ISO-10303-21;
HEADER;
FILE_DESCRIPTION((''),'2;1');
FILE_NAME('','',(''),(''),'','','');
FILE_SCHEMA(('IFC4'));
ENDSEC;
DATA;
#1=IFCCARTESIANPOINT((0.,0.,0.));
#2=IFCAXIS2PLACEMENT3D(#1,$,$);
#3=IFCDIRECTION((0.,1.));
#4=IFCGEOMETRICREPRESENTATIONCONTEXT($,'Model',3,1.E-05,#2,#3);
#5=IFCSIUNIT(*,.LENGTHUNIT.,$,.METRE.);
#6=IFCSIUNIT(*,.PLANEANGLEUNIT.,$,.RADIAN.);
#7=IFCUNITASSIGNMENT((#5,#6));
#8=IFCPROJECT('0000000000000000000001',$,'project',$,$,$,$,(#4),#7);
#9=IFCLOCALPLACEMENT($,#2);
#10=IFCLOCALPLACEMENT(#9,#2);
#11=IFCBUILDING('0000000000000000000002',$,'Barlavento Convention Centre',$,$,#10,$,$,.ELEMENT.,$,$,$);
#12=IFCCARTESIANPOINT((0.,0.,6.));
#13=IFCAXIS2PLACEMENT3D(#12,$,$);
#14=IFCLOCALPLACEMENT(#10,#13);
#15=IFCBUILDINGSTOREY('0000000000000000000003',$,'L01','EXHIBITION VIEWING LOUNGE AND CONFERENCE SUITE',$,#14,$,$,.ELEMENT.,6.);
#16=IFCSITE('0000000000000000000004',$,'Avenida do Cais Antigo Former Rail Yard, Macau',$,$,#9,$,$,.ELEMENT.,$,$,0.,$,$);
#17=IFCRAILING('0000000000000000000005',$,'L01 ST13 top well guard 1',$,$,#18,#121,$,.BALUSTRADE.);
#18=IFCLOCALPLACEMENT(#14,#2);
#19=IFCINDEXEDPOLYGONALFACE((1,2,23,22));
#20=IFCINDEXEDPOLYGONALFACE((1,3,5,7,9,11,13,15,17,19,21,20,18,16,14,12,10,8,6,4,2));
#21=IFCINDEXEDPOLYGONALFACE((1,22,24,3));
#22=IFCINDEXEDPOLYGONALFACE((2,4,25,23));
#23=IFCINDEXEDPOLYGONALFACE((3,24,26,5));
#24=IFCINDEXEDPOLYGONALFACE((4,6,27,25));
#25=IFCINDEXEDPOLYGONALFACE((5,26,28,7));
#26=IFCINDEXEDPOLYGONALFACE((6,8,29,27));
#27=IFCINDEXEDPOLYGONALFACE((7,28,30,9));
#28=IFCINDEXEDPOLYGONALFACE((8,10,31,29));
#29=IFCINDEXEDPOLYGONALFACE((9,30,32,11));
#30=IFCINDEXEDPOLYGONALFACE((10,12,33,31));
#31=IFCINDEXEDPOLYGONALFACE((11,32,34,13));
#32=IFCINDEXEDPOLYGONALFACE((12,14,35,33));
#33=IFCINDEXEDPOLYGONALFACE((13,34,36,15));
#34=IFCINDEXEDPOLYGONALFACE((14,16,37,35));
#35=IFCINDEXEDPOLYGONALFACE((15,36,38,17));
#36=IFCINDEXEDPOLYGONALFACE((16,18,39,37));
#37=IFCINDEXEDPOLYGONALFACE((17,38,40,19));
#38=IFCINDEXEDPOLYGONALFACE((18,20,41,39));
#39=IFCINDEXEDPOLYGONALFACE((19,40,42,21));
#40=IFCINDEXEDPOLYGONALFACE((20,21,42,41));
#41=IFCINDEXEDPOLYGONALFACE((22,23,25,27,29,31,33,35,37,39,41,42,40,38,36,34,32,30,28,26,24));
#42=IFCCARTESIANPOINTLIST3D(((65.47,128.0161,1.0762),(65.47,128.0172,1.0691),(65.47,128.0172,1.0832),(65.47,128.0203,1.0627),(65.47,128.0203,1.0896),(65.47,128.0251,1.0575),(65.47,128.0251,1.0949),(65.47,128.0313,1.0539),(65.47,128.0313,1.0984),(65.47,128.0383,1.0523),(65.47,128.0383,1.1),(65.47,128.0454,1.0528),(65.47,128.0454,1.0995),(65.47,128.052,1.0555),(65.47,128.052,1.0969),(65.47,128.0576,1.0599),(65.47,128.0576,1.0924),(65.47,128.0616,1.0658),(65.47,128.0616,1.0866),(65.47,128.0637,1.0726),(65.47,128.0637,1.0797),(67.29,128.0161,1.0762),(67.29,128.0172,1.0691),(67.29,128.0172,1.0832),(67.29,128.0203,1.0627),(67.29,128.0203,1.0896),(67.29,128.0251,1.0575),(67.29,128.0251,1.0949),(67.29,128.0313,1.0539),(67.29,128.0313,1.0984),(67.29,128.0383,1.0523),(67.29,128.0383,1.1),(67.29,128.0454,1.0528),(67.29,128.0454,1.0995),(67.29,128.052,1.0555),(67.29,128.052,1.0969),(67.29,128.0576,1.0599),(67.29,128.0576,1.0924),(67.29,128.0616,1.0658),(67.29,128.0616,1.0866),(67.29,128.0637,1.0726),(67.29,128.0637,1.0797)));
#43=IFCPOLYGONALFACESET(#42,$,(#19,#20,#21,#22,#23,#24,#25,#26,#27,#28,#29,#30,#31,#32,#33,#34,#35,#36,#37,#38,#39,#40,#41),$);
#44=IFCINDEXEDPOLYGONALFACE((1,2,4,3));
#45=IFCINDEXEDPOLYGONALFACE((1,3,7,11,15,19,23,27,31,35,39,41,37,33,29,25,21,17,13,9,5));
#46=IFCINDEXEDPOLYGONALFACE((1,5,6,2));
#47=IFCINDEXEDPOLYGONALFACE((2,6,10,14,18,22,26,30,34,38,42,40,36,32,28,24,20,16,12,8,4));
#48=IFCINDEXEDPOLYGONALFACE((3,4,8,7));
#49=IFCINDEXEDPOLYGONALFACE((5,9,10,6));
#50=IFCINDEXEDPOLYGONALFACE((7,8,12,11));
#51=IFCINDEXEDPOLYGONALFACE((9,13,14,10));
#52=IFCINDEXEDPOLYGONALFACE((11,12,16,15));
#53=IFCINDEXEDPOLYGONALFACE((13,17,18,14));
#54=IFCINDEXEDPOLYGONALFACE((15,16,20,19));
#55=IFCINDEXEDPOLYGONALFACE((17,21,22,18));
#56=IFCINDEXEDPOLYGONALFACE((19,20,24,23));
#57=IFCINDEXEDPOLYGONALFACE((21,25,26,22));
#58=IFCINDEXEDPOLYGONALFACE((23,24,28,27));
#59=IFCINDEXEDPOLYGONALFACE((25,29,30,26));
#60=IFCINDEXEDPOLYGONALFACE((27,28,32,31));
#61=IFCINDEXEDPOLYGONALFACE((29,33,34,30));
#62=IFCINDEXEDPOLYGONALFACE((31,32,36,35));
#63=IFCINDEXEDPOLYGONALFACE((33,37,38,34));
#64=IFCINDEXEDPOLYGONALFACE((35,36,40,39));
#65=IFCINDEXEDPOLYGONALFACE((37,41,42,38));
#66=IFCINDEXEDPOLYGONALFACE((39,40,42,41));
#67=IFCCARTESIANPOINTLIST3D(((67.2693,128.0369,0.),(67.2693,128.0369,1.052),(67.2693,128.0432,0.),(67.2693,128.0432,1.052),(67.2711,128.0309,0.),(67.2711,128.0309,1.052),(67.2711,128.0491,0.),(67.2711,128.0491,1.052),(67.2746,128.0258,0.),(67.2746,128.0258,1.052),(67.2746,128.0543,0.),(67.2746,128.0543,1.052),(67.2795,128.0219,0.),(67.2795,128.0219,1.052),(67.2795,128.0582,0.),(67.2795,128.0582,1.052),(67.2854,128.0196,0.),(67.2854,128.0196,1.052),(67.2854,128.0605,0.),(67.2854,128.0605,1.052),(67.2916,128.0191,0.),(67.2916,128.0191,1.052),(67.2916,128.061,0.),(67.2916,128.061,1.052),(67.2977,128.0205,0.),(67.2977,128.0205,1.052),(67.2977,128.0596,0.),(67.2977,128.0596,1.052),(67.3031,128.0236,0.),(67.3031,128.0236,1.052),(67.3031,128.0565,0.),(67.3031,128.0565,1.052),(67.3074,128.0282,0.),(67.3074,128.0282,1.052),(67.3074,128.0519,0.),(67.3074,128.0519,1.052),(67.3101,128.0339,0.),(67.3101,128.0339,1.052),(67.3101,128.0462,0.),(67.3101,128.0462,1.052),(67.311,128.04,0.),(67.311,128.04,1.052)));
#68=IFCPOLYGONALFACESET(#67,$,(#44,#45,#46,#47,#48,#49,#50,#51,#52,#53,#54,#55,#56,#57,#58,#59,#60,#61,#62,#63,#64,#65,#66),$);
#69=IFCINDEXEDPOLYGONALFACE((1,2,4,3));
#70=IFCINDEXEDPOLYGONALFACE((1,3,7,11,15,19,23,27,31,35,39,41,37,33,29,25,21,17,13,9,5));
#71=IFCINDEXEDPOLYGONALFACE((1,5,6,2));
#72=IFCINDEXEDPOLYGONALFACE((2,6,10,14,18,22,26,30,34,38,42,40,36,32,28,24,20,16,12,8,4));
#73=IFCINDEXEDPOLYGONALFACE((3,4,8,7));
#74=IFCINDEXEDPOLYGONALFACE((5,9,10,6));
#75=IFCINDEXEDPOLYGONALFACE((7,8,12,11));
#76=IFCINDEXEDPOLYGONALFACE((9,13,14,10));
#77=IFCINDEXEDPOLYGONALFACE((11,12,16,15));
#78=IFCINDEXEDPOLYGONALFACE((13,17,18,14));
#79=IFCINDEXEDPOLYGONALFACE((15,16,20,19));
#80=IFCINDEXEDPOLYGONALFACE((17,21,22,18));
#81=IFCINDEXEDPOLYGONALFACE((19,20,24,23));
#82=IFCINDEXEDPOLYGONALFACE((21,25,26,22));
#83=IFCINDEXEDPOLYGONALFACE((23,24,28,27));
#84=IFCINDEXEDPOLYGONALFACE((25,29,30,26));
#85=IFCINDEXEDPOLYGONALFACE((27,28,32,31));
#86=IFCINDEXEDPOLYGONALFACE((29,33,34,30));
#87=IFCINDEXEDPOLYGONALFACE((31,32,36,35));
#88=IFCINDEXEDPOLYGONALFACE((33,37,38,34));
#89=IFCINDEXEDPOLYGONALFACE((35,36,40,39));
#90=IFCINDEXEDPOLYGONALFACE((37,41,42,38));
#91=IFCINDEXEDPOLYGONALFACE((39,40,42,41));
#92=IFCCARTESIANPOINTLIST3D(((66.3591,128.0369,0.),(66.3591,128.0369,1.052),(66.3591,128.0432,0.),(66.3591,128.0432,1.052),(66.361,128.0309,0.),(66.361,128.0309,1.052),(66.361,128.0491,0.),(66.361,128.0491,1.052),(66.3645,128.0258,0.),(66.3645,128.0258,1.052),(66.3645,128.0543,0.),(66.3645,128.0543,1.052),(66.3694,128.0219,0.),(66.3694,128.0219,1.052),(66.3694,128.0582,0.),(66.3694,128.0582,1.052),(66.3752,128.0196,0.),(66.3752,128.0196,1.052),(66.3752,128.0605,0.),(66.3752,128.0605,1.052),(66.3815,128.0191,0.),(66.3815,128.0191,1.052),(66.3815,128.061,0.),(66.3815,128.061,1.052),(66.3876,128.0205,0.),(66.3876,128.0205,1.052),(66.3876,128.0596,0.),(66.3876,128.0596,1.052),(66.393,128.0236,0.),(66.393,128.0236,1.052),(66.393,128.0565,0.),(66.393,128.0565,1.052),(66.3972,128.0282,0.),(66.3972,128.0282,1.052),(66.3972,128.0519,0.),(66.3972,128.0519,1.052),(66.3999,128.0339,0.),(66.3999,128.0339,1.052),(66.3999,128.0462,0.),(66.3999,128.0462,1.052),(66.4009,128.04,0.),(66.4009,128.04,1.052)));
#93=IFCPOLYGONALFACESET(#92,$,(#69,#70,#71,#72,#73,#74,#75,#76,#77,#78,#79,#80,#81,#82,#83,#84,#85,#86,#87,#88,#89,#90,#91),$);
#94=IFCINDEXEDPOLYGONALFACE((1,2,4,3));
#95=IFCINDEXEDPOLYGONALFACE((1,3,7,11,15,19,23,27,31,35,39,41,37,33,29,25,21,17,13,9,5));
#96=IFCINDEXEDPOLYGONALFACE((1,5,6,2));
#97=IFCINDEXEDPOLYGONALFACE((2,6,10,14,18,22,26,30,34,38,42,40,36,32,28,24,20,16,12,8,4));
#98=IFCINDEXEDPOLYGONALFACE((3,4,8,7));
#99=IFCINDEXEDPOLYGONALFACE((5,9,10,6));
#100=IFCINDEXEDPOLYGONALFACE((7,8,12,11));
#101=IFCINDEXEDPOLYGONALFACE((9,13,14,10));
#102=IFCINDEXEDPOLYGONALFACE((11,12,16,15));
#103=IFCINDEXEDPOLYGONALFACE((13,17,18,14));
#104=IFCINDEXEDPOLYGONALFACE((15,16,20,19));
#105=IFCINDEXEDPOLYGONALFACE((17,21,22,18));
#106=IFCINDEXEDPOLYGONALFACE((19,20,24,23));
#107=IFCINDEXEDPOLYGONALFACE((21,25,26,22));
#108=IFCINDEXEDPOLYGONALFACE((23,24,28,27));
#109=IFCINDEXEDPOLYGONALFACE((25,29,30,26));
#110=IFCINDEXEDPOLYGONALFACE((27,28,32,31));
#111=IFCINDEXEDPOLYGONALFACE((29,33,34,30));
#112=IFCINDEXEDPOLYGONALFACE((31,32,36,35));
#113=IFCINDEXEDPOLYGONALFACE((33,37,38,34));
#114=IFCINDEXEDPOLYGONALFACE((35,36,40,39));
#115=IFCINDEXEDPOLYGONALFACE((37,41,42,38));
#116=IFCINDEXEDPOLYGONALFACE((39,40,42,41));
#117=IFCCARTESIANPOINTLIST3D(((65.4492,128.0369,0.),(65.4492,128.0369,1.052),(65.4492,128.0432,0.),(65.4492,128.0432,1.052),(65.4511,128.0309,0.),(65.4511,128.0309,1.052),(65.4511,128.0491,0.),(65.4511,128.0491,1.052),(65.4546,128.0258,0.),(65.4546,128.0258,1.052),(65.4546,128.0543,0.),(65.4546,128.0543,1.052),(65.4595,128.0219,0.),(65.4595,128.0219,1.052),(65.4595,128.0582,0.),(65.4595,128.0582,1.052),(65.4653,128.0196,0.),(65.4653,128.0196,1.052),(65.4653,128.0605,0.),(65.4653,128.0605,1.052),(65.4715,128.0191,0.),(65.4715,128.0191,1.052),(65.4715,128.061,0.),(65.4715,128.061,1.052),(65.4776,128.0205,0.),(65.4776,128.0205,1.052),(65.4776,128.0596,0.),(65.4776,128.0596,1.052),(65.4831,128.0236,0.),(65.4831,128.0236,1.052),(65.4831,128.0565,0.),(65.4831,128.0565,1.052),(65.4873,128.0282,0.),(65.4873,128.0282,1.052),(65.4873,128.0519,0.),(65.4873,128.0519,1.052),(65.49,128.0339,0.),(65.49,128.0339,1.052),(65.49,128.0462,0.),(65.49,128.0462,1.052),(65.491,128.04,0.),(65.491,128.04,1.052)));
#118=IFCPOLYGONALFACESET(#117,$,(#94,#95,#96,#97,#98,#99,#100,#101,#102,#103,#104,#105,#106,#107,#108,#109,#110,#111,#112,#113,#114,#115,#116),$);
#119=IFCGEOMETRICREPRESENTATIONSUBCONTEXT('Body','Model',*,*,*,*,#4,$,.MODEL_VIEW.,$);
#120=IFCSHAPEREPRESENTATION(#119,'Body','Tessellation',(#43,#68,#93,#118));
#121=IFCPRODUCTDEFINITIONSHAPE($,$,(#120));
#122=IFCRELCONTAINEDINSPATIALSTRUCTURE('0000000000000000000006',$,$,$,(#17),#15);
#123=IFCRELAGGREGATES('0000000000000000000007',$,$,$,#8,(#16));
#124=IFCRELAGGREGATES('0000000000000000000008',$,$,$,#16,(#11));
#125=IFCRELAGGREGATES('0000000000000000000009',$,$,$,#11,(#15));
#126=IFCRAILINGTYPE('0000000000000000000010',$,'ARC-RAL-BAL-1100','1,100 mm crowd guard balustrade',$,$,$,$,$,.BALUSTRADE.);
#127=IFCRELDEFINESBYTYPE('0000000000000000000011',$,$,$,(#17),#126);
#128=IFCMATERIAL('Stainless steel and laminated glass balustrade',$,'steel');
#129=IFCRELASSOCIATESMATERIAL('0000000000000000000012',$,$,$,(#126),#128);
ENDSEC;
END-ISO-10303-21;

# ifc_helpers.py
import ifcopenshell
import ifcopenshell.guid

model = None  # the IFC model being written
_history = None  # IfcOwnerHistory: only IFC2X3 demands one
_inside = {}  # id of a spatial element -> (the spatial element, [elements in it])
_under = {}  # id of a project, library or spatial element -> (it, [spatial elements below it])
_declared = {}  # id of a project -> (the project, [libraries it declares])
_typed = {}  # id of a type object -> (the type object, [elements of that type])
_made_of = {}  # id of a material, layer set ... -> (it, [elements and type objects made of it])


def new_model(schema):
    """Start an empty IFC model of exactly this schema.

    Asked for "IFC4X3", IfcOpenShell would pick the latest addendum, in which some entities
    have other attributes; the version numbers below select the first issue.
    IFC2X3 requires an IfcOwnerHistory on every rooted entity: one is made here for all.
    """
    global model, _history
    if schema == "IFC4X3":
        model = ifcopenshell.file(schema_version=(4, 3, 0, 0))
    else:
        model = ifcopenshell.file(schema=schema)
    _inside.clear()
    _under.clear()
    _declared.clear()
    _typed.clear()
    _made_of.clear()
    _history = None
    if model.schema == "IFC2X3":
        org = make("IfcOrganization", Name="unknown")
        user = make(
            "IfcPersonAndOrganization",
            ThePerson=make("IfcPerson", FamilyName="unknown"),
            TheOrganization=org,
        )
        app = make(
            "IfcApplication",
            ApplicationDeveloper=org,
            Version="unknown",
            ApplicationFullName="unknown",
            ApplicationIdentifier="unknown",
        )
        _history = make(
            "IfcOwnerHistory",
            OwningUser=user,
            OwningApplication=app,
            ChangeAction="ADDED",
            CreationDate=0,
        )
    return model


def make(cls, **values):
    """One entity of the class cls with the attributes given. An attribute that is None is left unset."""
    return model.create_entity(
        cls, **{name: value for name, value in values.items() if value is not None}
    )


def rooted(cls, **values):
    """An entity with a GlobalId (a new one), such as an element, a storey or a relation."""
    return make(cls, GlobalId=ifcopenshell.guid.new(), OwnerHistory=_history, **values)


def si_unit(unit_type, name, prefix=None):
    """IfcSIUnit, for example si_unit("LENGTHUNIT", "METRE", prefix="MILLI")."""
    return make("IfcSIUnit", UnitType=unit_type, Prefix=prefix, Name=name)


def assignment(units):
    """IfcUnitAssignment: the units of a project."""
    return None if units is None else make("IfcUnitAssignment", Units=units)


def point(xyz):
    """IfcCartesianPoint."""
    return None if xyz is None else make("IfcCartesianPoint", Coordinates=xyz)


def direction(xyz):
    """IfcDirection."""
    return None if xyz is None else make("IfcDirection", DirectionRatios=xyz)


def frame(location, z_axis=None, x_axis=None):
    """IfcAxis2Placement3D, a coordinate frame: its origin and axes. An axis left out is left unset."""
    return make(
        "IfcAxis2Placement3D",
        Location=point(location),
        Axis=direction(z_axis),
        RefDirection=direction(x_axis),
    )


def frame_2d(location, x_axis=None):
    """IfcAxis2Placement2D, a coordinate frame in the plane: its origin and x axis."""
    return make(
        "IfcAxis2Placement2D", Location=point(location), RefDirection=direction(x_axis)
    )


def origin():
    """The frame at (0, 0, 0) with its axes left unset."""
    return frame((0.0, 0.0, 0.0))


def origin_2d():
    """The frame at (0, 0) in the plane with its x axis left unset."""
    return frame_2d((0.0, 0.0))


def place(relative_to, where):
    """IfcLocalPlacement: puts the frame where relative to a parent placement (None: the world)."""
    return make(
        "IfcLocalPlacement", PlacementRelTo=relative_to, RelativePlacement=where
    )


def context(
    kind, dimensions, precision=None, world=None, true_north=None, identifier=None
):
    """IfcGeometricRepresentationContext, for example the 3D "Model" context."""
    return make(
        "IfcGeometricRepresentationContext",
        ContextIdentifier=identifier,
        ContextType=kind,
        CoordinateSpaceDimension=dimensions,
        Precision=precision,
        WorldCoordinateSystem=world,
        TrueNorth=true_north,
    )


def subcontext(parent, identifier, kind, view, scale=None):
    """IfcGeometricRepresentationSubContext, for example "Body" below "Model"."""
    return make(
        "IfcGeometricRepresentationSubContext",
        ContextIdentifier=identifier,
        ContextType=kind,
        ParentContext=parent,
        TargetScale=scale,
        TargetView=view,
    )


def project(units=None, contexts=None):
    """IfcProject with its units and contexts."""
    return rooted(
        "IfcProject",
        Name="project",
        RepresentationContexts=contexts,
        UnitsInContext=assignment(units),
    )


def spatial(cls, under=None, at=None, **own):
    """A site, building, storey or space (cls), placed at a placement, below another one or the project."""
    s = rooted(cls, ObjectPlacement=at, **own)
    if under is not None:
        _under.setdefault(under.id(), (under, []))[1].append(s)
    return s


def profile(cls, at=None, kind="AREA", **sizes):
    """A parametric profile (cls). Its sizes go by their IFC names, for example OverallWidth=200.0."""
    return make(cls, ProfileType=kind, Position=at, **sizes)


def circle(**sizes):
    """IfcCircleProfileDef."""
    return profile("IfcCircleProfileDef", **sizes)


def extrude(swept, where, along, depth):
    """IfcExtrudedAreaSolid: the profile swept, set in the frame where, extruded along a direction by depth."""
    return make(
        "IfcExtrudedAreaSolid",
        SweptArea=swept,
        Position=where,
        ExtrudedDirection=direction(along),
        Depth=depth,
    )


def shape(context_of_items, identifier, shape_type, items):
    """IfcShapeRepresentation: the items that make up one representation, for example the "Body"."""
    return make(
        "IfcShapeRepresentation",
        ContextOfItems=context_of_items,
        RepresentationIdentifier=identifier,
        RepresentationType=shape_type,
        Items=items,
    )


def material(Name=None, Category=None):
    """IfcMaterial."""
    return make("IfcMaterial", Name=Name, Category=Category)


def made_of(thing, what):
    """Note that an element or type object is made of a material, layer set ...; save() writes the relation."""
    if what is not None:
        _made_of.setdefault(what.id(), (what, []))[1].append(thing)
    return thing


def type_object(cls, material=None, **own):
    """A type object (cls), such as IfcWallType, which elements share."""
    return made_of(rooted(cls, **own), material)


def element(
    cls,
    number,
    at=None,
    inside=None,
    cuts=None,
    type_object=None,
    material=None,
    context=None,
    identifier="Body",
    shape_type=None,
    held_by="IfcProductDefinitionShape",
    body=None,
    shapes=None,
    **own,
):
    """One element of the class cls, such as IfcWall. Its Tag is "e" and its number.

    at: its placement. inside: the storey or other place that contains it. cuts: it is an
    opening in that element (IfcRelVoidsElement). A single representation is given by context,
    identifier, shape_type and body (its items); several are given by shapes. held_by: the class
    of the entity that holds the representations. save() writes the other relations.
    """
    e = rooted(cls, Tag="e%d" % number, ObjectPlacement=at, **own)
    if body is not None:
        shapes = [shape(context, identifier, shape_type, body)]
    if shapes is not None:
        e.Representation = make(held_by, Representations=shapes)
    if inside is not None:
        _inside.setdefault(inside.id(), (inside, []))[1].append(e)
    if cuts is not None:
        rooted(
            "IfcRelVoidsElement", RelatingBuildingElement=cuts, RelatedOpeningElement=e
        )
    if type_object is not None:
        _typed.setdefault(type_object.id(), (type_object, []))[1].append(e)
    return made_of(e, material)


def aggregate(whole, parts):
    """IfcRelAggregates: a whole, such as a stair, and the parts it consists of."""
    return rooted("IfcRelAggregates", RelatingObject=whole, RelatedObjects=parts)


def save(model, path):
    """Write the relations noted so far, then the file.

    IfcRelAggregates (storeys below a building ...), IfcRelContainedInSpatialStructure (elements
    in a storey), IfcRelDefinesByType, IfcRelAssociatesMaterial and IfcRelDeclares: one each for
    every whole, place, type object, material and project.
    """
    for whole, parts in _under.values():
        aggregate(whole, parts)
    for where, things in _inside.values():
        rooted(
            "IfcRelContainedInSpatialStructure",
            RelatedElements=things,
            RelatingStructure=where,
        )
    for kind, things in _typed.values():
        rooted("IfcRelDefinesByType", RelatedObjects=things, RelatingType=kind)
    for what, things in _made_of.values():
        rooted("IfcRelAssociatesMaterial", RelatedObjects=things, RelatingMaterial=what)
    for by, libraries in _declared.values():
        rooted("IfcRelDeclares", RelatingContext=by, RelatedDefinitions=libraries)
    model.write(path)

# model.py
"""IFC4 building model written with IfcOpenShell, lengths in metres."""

from ifc_helpers import new_model, si_unit, direction, frame, origin, origin_2d, place, context, subcontext, project, spatial, circle, extrude, material, type_object, element, save


model = new_model("IFC4")

# Units and contexts
model_context = context("Model", 3, precision=1e-05, world=origin(), true_north=direction((0.0, 1.0)))
body_context = subcontext(model_context, "Body", "Model", "MODEL_VIEW")
ifc_project = project(units=[si_unit("LENGTHUNIT", "METRE"), si_unit("PLANEANGLEUNIT", "RADIAN")], contexts=[model_context])

# Site, building, storey
site_placement = place(None, origin())
site = spatial("IfcSite", under=ifc_project, at=site_placement, Name="Avenida do Cais Antigo Former Rail Yard, Macau", CompositionType="ELEMENT", RefElevation=0.0)
building_placement = place(site_placement, origin())
building = spatial("IfcBuilding", under=site, at=building_placement, Name="Barlavento Convention Centre", CompositionType="ELEMENT")
storey_placement = place(building_placement, frame((0.0, 0.0, 6.0)))
storey = spatial("IfcBuildingStorey", under=building, at=storey_placement, Name="L01", Description="EXHIBITION VIEWING LOUNGE AND CONFERENCE SUITE", CompositionType="ELEMENT", Elevation=6.0)

# Railing
ifc_material_1 = material(Name="Stainless steel and laminated glass balustrade", Category="steel")
railing_type = type_object("IfcRailingType", Name="ARC-RAL-BAL-1100", Description="1,100 mm crowd guard balustrade", PredefinedType="BALUSTRADE", material=ifc_material_1)
railing_1_placement = place(storey_placement, frame((67.29, 128.04, 0.0)))
element("IfcRailing", 1, at=railing_1_placement, inside=storey, type_object=railing_type, Name="L01 ST13 top well guard 1", PredefinedType="BALUSTRADE", context=body_context, shape_type="SweptSolid", body=[
    extrude(circle(Radius=0.0239, at=origin_2d()), frame((0.0, 0.0, 1.0762), z_axis=(-1.0, 0.0, 0.0), x_axis=(0.0, -1.0, 0.0)), (0.0, 0.0, 1.0), 1.8201),
    extrude(circle(Radius=0.021, at=origin_2d()), origin(), (0.0, 0.0, 1.0), 1.052),
    extrude(circle(Radius=0.021, at=origin_2d()), frame((-0.9102, 0.0, 0.0)), (0.0, 0.0, 1.0), 1.052),
    extrude(circle(Radius=0.021, at=origin_2d()), frame((-1.8201, 0.0, 0.0)), (0.0, 0.0, 1.0), 1.052),
])

save(model, "model.ifc")
